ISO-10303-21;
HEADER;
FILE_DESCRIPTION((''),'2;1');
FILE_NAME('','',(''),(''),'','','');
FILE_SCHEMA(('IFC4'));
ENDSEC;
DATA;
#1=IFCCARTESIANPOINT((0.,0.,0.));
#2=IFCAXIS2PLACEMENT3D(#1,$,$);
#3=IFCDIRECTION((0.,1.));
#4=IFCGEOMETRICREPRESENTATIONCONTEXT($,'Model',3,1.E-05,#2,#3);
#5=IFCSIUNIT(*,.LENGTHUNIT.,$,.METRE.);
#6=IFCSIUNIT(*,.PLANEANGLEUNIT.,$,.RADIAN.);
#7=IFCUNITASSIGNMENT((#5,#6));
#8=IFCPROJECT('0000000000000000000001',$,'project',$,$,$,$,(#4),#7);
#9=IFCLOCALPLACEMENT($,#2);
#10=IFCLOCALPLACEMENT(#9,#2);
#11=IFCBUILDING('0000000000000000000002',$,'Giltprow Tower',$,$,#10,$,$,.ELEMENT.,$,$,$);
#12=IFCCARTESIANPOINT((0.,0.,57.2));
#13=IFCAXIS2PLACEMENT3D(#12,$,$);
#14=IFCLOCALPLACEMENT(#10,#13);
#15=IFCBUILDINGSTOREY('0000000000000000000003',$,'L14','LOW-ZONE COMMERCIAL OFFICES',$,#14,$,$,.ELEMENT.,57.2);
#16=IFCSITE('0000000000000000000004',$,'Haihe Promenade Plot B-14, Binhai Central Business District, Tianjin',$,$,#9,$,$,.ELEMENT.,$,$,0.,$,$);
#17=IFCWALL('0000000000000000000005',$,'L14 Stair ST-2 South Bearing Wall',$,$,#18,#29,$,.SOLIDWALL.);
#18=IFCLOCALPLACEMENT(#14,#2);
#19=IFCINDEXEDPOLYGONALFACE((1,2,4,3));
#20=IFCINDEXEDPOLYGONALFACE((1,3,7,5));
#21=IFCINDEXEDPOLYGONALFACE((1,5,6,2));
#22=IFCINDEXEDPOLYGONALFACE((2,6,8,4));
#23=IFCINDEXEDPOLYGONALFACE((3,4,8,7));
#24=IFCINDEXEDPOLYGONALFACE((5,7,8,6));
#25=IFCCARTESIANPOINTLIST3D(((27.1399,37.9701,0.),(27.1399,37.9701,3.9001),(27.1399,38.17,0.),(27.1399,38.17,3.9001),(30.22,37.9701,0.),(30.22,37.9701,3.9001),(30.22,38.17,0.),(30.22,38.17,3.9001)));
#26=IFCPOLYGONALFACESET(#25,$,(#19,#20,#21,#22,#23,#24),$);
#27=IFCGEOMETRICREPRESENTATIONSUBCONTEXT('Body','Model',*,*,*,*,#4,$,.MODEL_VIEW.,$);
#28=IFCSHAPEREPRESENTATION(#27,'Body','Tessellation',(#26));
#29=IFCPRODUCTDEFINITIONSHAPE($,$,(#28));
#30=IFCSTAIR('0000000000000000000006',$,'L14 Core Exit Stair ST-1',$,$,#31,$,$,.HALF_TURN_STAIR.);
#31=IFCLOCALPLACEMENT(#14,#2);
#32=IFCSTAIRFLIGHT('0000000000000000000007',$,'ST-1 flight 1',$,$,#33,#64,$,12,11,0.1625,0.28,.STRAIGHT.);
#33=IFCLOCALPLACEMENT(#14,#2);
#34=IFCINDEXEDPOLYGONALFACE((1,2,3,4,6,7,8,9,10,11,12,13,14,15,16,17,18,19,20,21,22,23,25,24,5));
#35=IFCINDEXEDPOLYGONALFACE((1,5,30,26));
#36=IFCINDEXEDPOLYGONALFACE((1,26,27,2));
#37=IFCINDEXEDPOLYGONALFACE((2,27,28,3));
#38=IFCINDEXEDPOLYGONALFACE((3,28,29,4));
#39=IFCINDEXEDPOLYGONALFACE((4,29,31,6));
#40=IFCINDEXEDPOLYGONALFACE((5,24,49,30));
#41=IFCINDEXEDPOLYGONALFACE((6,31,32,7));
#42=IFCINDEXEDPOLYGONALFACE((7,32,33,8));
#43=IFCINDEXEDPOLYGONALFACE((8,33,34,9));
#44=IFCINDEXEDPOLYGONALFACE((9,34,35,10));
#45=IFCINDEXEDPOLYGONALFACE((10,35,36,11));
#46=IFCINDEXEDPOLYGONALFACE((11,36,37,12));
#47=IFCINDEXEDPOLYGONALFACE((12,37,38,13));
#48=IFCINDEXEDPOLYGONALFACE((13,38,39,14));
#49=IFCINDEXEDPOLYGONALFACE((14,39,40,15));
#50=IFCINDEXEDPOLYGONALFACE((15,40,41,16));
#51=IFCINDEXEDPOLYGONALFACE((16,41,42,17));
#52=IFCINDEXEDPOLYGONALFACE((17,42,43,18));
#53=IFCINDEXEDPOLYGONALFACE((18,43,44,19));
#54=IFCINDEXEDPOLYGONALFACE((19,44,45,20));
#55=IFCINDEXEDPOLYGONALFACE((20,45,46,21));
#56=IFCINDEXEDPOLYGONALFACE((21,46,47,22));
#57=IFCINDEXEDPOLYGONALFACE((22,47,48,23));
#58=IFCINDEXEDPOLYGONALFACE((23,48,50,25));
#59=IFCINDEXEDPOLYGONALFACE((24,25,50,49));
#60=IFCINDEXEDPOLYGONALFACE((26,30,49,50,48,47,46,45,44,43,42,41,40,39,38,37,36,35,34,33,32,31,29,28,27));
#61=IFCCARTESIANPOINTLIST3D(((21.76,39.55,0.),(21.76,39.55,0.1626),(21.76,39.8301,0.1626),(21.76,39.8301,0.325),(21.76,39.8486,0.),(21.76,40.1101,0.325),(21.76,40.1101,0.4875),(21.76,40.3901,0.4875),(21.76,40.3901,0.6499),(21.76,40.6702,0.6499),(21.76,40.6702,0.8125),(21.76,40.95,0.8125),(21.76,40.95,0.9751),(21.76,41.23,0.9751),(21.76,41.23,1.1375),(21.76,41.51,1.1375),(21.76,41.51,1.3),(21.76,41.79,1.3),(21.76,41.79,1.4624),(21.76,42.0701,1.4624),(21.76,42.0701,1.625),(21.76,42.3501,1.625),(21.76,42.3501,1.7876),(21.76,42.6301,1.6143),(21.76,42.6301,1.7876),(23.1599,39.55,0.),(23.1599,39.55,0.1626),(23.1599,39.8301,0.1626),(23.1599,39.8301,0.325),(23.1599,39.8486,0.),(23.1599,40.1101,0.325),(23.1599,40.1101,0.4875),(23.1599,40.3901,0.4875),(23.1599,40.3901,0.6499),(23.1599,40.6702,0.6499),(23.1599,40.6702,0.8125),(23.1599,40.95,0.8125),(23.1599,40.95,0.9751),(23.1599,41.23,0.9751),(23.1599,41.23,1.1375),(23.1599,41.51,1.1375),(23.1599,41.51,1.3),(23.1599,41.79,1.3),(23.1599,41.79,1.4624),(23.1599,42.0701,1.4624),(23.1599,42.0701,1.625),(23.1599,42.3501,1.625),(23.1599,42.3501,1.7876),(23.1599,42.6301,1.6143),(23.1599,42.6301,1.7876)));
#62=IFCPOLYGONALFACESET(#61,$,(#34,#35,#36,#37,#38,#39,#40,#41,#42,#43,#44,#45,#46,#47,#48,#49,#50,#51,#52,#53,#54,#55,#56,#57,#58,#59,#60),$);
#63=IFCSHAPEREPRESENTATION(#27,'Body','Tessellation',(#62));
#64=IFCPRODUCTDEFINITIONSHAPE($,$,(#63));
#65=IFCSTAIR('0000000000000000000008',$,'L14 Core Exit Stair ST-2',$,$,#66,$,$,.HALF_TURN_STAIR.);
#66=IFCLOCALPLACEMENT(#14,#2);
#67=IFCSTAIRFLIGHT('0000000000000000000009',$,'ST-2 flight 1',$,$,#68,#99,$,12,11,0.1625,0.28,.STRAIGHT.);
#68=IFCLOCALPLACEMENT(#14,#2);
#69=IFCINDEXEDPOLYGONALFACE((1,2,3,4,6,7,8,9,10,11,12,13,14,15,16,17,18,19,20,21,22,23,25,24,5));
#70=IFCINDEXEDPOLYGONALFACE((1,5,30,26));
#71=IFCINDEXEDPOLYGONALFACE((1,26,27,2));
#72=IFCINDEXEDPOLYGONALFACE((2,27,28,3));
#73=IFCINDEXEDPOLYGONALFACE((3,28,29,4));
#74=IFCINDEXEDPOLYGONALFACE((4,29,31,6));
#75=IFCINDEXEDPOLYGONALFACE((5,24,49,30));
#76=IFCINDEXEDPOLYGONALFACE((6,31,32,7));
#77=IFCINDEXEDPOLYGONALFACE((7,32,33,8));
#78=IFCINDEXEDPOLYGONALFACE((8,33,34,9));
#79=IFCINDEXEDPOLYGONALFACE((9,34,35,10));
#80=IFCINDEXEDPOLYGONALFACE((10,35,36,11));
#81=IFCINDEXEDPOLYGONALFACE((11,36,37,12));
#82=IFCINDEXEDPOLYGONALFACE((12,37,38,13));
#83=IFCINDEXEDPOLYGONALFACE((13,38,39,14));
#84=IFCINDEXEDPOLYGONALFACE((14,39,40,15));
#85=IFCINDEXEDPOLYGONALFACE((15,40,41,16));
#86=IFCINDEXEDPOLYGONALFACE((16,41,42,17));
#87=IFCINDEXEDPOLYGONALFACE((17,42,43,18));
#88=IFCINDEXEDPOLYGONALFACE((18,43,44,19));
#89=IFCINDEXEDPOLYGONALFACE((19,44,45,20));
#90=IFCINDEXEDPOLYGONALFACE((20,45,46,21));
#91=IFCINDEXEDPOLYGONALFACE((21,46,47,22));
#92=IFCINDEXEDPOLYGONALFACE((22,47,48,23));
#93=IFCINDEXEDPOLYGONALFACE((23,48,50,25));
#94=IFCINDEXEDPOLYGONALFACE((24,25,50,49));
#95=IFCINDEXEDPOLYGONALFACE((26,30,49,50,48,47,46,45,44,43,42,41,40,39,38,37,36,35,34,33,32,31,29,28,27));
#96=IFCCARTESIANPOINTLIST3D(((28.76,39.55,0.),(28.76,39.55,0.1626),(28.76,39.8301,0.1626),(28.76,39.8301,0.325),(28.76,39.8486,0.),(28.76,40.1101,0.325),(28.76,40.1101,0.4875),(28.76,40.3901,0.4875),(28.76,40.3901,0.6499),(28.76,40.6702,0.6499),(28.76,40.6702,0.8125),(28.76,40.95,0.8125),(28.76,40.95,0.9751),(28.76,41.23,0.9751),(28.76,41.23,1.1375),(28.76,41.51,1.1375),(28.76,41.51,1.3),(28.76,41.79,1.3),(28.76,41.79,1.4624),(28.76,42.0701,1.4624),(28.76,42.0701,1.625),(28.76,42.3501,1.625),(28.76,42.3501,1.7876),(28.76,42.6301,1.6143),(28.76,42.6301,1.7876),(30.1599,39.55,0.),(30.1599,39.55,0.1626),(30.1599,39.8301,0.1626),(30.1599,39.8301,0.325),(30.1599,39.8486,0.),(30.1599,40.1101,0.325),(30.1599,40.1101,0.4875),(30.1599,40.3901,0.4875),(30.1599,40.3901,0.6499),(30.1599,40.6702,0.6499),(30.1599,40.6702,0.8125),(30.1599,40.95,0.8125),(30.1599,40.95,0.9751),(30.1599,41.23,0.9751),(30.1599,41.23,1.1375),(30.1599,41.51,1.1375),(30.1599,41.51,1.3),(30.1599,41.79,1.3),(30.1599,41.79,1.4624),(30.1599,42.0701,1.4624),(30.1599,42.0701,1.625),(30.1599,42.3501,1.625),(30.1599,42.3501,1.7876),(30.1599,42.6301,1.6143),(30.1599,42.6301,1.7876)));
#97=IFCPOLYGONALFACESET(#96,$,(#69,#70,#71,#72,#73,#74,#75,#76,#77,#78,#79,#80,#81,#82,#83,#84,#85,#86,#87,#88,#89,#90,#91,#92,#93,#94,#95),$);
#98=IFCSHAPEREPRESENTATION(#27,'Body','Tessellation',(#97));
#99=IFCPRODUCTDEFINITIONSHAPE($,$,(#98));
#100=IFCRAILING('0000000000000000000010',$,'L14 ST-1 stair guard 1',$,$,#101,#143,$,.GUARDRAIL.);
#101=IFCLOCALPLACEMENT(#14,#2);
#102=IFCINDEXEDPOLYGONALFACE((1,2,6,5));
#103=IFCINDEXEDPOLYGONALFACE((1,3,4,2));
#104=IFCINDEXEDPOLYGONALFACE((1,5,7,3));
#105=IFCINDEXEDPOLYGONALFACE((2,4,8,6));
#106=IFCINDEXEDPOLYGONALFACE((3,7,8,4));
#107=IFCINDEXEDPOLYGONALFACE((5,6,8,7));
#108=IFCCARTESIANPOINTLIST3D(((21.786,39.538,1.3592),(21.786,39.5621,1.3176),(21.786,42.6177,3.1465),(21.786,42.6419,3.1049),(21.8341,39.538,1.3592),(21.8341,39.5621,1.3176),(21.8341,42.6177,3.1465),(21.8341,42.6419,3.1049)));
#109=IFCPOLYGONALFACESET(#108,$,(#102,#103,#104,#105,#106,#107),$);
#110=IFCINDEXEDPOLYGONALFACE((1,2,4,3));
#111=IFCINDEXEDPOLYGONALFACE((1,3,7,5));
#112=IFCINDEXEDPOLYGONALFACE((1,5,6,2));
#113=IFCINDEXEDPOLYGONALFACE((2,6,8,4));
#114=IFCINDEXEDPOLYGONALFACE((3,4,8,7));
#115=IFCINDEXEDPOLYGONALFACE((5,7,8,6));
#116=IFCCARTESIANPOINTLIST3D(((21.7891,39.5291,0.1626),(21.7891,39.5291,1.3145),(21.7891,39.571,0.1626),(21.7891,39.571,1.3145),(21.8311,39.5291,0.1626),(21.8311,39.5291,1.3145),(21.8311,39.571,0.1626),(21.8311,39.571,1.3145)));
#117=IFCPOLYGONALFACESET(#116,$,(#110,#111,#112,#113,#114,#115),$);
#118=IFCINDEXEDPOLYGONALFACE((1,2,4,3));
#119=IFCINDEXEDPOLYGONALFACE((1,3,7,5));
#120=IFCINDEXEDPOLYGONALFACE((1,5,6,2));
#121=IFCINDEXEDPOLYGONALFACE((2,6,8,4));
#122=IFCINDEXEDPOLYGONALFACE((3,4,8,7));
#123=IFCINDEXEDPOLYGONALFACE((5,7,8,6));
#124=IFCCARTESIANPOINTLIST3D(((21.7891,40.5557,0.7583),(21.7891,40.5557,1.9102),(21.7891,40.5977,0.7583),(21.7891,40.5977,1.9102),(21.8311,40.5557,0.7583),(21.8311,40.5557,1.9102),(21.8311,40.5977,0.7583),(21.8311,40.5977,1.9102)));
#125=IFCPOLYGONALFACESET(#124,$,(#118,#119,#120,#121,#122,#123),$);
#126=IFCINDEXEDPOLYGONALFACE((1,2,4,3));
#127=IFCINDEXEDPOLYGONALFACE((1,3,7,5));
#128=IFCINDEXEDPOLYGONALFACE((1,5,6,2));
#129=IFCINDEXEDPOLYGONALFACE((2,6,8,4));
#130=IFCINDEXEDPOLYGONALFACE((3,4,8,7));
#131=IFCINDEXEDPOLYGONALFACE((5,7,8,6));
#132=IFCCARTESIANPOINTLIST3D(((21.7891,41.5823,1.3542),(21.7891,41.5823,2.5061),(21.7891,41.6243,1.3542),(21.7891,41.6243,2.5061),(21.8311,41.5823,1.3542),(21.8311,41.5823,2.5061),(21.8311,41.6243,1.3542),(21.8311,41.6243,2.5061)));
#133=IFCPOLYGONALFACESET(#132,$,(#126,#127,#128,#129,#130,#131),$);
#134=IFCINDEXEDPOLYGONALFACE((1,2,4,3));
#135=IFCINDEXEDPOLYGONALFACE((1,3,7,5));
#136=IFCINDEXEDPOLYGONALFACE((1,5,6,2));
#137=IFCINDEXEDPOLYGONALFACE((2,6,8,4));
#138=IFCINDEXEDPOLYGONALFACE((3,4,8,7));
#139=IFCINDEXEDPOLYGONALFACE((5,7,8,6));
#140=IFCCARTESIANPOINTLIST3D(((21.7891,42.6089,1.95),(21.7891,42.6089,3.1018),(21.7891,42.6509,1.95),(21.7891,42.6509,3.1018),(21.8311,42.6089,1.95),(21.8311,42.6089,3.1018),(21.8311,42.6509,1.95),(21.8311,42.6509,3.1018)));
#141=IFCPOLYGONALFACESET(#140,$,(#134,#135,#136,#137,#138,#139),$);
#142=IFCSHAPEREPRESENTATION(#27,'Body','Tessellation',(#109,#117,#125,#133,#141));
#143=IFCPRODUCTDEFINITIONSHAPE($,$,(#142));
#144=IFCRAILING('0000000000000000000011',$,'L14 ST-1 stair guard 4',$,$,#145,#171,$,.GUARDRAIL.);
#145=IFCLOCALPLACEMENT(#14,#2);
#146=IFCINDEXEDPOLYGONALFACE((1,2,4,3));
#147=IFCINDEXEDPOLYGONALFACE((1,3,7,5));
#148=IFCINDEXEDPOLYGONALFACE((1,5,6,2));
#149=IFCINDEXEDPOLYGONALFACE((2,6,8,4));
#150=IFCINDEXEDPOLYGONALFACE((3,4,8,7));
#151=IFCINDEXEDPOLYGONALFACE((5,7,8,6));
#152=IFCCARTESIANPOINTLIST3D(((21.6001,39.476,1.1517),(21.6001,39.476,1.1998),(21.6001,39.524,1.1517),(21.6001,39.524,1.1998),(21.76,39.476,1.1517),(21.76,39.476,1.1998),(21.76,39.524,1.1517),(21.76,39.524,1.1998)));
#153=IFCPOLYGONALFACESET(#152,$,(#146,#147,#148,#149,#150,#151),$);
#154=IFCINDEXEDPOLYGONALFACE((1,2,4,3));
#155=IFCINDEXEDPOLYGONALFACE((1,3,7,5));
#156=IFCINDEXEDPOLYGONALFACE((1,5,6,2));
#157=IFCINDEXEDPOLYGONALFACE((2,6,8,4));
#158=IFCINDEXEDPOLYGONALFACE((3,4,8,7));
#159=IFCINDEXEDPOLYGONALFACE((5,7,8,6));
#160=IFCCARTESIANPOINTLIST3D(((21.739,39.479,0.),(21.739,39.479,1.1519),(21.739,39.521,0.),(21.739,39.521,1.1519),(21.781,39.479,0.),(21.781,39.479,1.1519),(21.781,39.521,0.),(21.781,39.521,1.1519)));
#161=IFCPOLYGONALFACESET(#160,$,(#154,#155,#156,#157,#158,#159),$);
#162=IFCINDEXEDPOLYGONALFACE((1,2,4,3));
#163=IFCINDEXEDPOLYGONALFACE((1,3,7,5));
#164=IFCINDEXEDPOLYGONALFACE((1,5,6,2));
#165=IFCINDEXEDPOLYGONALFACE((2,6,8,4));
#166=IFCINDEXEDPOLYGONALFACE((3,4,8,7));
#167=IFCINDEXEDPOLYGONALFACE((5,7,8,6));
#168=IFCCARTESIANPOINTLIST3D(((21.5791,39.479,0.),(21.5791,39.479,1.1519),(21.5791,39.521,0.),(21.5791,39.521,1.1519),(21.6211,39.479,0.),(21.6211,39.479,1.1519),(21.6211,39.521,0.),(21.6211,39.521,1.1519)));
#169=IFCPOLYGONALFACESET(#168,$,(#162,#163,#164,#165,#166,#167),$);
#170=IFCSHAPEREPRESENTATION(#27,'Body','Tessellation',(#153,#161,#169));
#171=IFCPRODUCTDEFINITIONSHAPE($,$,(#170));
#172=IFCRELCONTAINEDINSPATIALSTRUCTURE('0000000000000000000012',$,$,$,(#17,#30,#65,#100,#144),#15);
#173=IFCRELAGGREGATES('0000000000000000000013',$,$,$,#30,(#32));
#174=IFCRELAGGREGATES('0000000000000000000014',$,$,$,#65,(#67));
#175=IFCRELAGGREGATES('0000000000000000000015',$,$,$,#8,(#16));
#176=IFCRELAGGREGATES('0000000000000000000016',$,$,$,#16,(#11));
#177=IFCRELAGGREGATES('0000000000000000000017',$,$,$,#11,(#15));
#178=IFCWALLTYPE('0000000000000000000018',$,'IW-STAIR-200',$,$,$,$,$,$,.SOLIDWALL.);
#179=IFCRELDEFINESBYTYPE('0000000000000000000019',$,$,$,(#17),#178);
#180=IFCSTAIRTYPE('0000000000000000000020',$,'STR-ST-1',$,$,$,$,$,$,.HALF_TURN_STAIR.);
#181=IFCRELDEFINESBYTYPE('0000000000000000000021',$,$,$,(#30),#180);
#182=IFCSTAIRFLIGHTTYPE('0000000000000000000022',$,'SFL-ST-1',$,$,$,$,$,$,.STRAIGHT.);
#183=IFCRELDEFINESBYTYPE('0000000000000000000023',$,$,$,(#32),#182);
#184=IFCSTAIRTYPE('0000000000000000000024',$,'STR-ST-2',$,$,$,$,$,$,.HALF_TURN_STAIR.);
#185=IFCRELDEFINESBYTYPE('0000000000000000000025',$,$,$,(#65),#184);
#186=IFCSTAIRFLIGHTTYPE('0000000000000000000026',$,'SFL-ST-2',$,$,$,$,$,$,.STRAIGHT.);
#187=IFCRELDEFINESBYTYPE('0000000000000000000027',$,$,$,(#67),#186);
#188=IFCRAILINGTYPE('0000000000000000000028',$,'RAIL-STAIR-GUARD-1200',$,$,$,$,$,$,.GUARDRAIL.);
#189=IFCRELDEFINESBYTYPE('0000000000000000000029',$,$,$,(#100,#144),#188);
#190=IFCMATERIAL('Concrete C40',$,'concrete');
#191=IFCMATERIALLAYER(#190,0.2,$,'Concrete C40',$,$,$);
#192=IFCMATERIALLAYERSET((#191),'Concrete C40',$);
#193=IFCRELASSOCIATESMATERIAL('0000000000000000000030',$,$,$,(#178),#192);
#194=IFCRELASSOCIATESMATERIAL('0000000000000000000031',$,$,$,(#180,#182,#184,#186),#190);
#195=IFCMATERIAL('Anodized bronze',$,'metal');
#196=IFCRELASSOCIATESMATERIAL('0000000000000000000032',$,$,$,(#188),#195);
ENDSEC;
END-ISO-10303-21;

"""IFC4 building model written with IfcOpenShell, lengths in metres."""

from ifc_helpers import new_model, si_unit, direction, frame, frame_2d, origin, origin_2d, place, context, subcontext, project, spatial, polyline, rectangle, outline, extrude, material, layer, layer_set, type_object, element, aggregate, save


model = new_model("IFC4")

# Units and contexts
model_context = context("Model", 3, precision=1e-05, world=origin(), true_north=direction((0.0, 1.0)))
body_context = subcontext(model_context, "Body", "Model", "MODEL_VIEW")
ifc_project = project(units=[si_unit("LENGTHUNIT", "METRE"), si_unit("PLANEANGLEUNIT", "RADIAN")], contexts=[model_context])

# Site, building, storey
site_placement = place(None, origin())
site = spatial("IfcSite", under=ifc_project, at=site_placement, Name="Haihe Promenade Plot B-14, Binhai Central Business District, Tianjin", CompositionType="ELEMENT", RefElevation=0.0)
building_placement = place(site_placement, origin())
building = spatial("IfcBuilding", under=site, at=building_placement, Name="Giltprow Tower", CompositionType="ELEMENT")
storey_placement = place(building_placement, frame((0.0, 0.0, 57.2)))
storey = spatial("IfcBuildingStorey", under=building, at=storey_placement, Name="L14", Description="LOW-ZONE COMMERCIAL OFFICES", CompositionType="ELEMENT", Elevation=57.2)

# Shared definitions
ifc_material_1 = material(Name="Concrete C40", Category="concrete")
ifc_layer_1 = layer(ifc_material_1, 0.2, Name="Concrete C40")
ifc_layer_set_1 = layer_set([ifc_layer_1], Name="Concrete C40")
wall_type_1 = type_object("IfcWallType", Name="IW-STAIR-200", PredefinedType="SOLIDWALL", material=ifc_layer_set_1)

# Wall
wall_1_placement = place(storey_placement, frame((27.1399, 38.0701, 0.0), z_axis=(0.0, 0.0, 1.0), x_axis=(1.0, 0.0, 0.0)))
element("IfcWall", 1, at=wall_1_placement, inside=storey, type_object=wall_type_1, Name="L14 Stair ST-2 South Bearing Wall", PredefinedType="SOLIDWALL", context=body_context, shape_type="SweptSolid", body=[
    extrude(rectangle(XDim=3.0801, YDim=0.2, at=frame_2d((1.54, 0.0))), origin(), (0.0, 0.0, 1.0), 3.9001),
])

# Stairs, stair flights
stair_type_1 = type_object("IfcStairType", Name="STR-ST-1", PredefinedType="HALF_TURN_STAIR", material=ifc_material_1)
stair_1_placement = place(storey_placement, origin())
stair_1 = element("IfcStair", 2, at=stair_1_placement, inside=storey, type_object=stair_type_1, Name="L14 Core Exit Stair ST-1", PredefinedType="HALF_TURN_STAIR")
stair_flight_type_1 = type_object("IfcStairFlightType", Name="SFL-ST-1", PredefinedType="STRAIGHT", material=ifc_material_1)
stair_flight_1_placement = place(storey_placement, frame((22.46, 39.55, 0.0), z_axis=(0.0, 0.0, 1.0), x_axis=(0.0, 1.0, 0.0)))
stair_flight_1 = element("IfcStairFlight", 3, at=stair_flight_1_placement, type_object=stair_flight_type_1, Name="ST-1 flight 1", NumberOfRisers=12, NumberOfTreads=11, PredefinedType="STRAIGHT", RiserHeight=0.1625, TreadLength=0.28, context=body_context, shape_type="SweptSolid", body=[
    extrude(outline(polyline([(0.0, 0.0), (0.0, 0.1626), (0.28, 0.1626), (0.28, 0.325), (0.5601, 0.325), (0.5601, 0.4875), (0.8401, 0.4875), (0.8401, 0.6499), (1.1201, 0.6499), (1.1201, 0.8125), (1.3999, 0.8125), (1.3999, 0.9751), (1.6799, 0.9751), (1.6799, 1.1375), (1.96, 1.1375), (1.96, 1.3), (2.24, 1.3), (2.24, 1.4624), (2.52, 1.4624), (2.52, 1.625), (2.8, 1.625), (2.8, 1.7876), (3.0801, 1.7876), (3.0801, 1.95), (3.0801, 1.6143), (0.2986, 0.0), (0.0, 0.0)])), frame((0.0, 0.7, 0.0), z_axis=(0.0, -1.0, 0.0), x_axis=(1.0, 0.0, 0.0)), (0.0, 0.0, 1.0), 1.3999),
])
aggregate(stair_1, [stair_flight_1])
stair_type_2 = type_object("IfcStairType", Name="STR-ST-2", PredefinedType="HALF_TURN_STAIR", material=ifc_material_1)
stair_2_placement = place(storey_placement, origin())
stair_2 = element("IfcStair", 4, at=stair_2_placement, inside=storey, type_object=stair_type_2, Name="L14 Core Exit Stair ST-2", PredefinedType="HALF_TURN_STAIR")
stair_flight_type_2 = type_object("IfcStairFlightType", Name="SFL-ST-2", PredefinedType="STRAIGHT", material=ifc_material_1)
stair_flight_2_placement = place(storey_placement, frame((29.46, 39.55, 0.0), z_axis=(0.0, 0.0, 1.0), x_axis=(0.0, 1.0, 0.0)))
stair_flight_2 = element("IfcStairFlight", 5, at=stair_flight_2_placement, type_object=stair_flight_type_2, Name="ST-2 flight 1", NumberOfRisers=12, NumberOfTreads=11, PredefinedType="STRAIGHT", RiserHeight=0.1625, TreadLength=0.28, context=body_context, shape_type="SweptSolid", body=[
    extrude(outline(polyline([(0.0, 0.0), (0.0, 0.1626), (0.28, 0.1626), (0.28, 0.325), (0.5601, 0.325), (0.5601, 0.4875), (0.8401, 0.4875), (0.8401, 0.6499), (1.1201, 0.6499), (1.1201, 0.8125), (1.3999, 0.8125), (1.3999, 0.9751), (1.6799, 0.9751), (1.6799, 1.1375), (1.96, 1.1375), (1.96, 1.3), (2.24, 1.3), (2.24, 1.4624), (2.52, 1.4624), (2.52, 1.625), (2.8, 1.625), (2.8, 1.7876), (3.0801, 1.7876), (3.0801, 1.95), (3.0801, 1.6143), (0.2986, 0.0), (0.0, 0.0)])), frame((0.0, 0.7, 0.0), z_axis=(0.0, -1.0, 0.0), x_axis=(1.0, 0.0, 0.0)), (0.0, 0.0, 1.0), 1.3999),
])
aggregate(stair_2, [stair_flight_2])

# Railings
ifc_material_2 = material(Name="Anodized bronze", Category="metal")
railing_type_1 = type_object("IfcRailingType", Name="RAIL-STAIR-GUARD-1200", PredefinedType="GUARDRAIL", material=ifc_material_2)
railing_1_placement = place(storey_placement, frame((21.8101, 39.55, 0.1626)))
element("IfcRailing", 6, at=railing_1_placement, inside=storey, type_object=railing_type_1, Name="L14 ST-1 stair guard 1", PredefinedType="GUARDRAIL", context=body_context, shape_type="SweptSolid", body=[
    extrude(rectangle(XDim=0.0481, YDim=0.0481, at=origin_2d()), frame((0.0, 0.0, 1.1758), z_axis=(0.0, 0.864903, 0.501939), x_axis=(-1.0, 0.0, 0.0)), (0.0, 0.0, 1.0), 3.5608),
    extrude(rectangle(XDim=0.042, YDim=0.042, at=origin_2d()), origin(), (0.0, 0.0, 1.0), 1.1519),
    extrude(rectangle(XDim=0.042, YDim=0.042, at=origin_2d()), frame((0.0, 1.0266, 0.5957)), (0.0, 0.0, 1.0), 1.1519),
    extrude(rectangle(XDim=0.042, YDim=0.042, at=origin_2d()), frame((0.0, 2.0532, 1.1917)), (0.0, 0.0, 1.0), 1.1519),
    extrude(rectangle(XDim=0.042, YDim=0.042, at=origin_2d()), frame((0.0, 3.0798, 1.7874)), (0.0, 0.0, 1.0), 1.1519),
])
railing_2_placement = place(storey_placement, frame((21.76, 39.5, 0.0)))
element("IfcRailing", 7, at=railing_2_placement, inside=storey, type_object=railing_type_1, Name="L14 ST-1 stair guard 4", PredefinedType="GUARDRAIL", context=body_context, shape_type="SweptSolid", body=[
    extrude(rectangle(XDim=0.0481, YDim=0.0481, at=origin_2d()), frame((0.0, 0.0, 1.1758), z_axis=(-1.0, 0.0, 0.0), x_axis=(0.0, -1.0, 0.0)), (0.0, 0.0, 1.0), 0.1599),
    extrude(rectangle(XDim=0.042, YDim=0.042, at=origin_2d()), origin(), (0.0, 0.0, 1.0), 1.1519),
    extrude(rectangle(XDim=0.042, YDim=0.042, at=origin_2d()), frame((-0.1599, 0.0, 0.0)), (0.0, 0.0, 1.0), 1.1519),
])

save(model, "model.ifc")
